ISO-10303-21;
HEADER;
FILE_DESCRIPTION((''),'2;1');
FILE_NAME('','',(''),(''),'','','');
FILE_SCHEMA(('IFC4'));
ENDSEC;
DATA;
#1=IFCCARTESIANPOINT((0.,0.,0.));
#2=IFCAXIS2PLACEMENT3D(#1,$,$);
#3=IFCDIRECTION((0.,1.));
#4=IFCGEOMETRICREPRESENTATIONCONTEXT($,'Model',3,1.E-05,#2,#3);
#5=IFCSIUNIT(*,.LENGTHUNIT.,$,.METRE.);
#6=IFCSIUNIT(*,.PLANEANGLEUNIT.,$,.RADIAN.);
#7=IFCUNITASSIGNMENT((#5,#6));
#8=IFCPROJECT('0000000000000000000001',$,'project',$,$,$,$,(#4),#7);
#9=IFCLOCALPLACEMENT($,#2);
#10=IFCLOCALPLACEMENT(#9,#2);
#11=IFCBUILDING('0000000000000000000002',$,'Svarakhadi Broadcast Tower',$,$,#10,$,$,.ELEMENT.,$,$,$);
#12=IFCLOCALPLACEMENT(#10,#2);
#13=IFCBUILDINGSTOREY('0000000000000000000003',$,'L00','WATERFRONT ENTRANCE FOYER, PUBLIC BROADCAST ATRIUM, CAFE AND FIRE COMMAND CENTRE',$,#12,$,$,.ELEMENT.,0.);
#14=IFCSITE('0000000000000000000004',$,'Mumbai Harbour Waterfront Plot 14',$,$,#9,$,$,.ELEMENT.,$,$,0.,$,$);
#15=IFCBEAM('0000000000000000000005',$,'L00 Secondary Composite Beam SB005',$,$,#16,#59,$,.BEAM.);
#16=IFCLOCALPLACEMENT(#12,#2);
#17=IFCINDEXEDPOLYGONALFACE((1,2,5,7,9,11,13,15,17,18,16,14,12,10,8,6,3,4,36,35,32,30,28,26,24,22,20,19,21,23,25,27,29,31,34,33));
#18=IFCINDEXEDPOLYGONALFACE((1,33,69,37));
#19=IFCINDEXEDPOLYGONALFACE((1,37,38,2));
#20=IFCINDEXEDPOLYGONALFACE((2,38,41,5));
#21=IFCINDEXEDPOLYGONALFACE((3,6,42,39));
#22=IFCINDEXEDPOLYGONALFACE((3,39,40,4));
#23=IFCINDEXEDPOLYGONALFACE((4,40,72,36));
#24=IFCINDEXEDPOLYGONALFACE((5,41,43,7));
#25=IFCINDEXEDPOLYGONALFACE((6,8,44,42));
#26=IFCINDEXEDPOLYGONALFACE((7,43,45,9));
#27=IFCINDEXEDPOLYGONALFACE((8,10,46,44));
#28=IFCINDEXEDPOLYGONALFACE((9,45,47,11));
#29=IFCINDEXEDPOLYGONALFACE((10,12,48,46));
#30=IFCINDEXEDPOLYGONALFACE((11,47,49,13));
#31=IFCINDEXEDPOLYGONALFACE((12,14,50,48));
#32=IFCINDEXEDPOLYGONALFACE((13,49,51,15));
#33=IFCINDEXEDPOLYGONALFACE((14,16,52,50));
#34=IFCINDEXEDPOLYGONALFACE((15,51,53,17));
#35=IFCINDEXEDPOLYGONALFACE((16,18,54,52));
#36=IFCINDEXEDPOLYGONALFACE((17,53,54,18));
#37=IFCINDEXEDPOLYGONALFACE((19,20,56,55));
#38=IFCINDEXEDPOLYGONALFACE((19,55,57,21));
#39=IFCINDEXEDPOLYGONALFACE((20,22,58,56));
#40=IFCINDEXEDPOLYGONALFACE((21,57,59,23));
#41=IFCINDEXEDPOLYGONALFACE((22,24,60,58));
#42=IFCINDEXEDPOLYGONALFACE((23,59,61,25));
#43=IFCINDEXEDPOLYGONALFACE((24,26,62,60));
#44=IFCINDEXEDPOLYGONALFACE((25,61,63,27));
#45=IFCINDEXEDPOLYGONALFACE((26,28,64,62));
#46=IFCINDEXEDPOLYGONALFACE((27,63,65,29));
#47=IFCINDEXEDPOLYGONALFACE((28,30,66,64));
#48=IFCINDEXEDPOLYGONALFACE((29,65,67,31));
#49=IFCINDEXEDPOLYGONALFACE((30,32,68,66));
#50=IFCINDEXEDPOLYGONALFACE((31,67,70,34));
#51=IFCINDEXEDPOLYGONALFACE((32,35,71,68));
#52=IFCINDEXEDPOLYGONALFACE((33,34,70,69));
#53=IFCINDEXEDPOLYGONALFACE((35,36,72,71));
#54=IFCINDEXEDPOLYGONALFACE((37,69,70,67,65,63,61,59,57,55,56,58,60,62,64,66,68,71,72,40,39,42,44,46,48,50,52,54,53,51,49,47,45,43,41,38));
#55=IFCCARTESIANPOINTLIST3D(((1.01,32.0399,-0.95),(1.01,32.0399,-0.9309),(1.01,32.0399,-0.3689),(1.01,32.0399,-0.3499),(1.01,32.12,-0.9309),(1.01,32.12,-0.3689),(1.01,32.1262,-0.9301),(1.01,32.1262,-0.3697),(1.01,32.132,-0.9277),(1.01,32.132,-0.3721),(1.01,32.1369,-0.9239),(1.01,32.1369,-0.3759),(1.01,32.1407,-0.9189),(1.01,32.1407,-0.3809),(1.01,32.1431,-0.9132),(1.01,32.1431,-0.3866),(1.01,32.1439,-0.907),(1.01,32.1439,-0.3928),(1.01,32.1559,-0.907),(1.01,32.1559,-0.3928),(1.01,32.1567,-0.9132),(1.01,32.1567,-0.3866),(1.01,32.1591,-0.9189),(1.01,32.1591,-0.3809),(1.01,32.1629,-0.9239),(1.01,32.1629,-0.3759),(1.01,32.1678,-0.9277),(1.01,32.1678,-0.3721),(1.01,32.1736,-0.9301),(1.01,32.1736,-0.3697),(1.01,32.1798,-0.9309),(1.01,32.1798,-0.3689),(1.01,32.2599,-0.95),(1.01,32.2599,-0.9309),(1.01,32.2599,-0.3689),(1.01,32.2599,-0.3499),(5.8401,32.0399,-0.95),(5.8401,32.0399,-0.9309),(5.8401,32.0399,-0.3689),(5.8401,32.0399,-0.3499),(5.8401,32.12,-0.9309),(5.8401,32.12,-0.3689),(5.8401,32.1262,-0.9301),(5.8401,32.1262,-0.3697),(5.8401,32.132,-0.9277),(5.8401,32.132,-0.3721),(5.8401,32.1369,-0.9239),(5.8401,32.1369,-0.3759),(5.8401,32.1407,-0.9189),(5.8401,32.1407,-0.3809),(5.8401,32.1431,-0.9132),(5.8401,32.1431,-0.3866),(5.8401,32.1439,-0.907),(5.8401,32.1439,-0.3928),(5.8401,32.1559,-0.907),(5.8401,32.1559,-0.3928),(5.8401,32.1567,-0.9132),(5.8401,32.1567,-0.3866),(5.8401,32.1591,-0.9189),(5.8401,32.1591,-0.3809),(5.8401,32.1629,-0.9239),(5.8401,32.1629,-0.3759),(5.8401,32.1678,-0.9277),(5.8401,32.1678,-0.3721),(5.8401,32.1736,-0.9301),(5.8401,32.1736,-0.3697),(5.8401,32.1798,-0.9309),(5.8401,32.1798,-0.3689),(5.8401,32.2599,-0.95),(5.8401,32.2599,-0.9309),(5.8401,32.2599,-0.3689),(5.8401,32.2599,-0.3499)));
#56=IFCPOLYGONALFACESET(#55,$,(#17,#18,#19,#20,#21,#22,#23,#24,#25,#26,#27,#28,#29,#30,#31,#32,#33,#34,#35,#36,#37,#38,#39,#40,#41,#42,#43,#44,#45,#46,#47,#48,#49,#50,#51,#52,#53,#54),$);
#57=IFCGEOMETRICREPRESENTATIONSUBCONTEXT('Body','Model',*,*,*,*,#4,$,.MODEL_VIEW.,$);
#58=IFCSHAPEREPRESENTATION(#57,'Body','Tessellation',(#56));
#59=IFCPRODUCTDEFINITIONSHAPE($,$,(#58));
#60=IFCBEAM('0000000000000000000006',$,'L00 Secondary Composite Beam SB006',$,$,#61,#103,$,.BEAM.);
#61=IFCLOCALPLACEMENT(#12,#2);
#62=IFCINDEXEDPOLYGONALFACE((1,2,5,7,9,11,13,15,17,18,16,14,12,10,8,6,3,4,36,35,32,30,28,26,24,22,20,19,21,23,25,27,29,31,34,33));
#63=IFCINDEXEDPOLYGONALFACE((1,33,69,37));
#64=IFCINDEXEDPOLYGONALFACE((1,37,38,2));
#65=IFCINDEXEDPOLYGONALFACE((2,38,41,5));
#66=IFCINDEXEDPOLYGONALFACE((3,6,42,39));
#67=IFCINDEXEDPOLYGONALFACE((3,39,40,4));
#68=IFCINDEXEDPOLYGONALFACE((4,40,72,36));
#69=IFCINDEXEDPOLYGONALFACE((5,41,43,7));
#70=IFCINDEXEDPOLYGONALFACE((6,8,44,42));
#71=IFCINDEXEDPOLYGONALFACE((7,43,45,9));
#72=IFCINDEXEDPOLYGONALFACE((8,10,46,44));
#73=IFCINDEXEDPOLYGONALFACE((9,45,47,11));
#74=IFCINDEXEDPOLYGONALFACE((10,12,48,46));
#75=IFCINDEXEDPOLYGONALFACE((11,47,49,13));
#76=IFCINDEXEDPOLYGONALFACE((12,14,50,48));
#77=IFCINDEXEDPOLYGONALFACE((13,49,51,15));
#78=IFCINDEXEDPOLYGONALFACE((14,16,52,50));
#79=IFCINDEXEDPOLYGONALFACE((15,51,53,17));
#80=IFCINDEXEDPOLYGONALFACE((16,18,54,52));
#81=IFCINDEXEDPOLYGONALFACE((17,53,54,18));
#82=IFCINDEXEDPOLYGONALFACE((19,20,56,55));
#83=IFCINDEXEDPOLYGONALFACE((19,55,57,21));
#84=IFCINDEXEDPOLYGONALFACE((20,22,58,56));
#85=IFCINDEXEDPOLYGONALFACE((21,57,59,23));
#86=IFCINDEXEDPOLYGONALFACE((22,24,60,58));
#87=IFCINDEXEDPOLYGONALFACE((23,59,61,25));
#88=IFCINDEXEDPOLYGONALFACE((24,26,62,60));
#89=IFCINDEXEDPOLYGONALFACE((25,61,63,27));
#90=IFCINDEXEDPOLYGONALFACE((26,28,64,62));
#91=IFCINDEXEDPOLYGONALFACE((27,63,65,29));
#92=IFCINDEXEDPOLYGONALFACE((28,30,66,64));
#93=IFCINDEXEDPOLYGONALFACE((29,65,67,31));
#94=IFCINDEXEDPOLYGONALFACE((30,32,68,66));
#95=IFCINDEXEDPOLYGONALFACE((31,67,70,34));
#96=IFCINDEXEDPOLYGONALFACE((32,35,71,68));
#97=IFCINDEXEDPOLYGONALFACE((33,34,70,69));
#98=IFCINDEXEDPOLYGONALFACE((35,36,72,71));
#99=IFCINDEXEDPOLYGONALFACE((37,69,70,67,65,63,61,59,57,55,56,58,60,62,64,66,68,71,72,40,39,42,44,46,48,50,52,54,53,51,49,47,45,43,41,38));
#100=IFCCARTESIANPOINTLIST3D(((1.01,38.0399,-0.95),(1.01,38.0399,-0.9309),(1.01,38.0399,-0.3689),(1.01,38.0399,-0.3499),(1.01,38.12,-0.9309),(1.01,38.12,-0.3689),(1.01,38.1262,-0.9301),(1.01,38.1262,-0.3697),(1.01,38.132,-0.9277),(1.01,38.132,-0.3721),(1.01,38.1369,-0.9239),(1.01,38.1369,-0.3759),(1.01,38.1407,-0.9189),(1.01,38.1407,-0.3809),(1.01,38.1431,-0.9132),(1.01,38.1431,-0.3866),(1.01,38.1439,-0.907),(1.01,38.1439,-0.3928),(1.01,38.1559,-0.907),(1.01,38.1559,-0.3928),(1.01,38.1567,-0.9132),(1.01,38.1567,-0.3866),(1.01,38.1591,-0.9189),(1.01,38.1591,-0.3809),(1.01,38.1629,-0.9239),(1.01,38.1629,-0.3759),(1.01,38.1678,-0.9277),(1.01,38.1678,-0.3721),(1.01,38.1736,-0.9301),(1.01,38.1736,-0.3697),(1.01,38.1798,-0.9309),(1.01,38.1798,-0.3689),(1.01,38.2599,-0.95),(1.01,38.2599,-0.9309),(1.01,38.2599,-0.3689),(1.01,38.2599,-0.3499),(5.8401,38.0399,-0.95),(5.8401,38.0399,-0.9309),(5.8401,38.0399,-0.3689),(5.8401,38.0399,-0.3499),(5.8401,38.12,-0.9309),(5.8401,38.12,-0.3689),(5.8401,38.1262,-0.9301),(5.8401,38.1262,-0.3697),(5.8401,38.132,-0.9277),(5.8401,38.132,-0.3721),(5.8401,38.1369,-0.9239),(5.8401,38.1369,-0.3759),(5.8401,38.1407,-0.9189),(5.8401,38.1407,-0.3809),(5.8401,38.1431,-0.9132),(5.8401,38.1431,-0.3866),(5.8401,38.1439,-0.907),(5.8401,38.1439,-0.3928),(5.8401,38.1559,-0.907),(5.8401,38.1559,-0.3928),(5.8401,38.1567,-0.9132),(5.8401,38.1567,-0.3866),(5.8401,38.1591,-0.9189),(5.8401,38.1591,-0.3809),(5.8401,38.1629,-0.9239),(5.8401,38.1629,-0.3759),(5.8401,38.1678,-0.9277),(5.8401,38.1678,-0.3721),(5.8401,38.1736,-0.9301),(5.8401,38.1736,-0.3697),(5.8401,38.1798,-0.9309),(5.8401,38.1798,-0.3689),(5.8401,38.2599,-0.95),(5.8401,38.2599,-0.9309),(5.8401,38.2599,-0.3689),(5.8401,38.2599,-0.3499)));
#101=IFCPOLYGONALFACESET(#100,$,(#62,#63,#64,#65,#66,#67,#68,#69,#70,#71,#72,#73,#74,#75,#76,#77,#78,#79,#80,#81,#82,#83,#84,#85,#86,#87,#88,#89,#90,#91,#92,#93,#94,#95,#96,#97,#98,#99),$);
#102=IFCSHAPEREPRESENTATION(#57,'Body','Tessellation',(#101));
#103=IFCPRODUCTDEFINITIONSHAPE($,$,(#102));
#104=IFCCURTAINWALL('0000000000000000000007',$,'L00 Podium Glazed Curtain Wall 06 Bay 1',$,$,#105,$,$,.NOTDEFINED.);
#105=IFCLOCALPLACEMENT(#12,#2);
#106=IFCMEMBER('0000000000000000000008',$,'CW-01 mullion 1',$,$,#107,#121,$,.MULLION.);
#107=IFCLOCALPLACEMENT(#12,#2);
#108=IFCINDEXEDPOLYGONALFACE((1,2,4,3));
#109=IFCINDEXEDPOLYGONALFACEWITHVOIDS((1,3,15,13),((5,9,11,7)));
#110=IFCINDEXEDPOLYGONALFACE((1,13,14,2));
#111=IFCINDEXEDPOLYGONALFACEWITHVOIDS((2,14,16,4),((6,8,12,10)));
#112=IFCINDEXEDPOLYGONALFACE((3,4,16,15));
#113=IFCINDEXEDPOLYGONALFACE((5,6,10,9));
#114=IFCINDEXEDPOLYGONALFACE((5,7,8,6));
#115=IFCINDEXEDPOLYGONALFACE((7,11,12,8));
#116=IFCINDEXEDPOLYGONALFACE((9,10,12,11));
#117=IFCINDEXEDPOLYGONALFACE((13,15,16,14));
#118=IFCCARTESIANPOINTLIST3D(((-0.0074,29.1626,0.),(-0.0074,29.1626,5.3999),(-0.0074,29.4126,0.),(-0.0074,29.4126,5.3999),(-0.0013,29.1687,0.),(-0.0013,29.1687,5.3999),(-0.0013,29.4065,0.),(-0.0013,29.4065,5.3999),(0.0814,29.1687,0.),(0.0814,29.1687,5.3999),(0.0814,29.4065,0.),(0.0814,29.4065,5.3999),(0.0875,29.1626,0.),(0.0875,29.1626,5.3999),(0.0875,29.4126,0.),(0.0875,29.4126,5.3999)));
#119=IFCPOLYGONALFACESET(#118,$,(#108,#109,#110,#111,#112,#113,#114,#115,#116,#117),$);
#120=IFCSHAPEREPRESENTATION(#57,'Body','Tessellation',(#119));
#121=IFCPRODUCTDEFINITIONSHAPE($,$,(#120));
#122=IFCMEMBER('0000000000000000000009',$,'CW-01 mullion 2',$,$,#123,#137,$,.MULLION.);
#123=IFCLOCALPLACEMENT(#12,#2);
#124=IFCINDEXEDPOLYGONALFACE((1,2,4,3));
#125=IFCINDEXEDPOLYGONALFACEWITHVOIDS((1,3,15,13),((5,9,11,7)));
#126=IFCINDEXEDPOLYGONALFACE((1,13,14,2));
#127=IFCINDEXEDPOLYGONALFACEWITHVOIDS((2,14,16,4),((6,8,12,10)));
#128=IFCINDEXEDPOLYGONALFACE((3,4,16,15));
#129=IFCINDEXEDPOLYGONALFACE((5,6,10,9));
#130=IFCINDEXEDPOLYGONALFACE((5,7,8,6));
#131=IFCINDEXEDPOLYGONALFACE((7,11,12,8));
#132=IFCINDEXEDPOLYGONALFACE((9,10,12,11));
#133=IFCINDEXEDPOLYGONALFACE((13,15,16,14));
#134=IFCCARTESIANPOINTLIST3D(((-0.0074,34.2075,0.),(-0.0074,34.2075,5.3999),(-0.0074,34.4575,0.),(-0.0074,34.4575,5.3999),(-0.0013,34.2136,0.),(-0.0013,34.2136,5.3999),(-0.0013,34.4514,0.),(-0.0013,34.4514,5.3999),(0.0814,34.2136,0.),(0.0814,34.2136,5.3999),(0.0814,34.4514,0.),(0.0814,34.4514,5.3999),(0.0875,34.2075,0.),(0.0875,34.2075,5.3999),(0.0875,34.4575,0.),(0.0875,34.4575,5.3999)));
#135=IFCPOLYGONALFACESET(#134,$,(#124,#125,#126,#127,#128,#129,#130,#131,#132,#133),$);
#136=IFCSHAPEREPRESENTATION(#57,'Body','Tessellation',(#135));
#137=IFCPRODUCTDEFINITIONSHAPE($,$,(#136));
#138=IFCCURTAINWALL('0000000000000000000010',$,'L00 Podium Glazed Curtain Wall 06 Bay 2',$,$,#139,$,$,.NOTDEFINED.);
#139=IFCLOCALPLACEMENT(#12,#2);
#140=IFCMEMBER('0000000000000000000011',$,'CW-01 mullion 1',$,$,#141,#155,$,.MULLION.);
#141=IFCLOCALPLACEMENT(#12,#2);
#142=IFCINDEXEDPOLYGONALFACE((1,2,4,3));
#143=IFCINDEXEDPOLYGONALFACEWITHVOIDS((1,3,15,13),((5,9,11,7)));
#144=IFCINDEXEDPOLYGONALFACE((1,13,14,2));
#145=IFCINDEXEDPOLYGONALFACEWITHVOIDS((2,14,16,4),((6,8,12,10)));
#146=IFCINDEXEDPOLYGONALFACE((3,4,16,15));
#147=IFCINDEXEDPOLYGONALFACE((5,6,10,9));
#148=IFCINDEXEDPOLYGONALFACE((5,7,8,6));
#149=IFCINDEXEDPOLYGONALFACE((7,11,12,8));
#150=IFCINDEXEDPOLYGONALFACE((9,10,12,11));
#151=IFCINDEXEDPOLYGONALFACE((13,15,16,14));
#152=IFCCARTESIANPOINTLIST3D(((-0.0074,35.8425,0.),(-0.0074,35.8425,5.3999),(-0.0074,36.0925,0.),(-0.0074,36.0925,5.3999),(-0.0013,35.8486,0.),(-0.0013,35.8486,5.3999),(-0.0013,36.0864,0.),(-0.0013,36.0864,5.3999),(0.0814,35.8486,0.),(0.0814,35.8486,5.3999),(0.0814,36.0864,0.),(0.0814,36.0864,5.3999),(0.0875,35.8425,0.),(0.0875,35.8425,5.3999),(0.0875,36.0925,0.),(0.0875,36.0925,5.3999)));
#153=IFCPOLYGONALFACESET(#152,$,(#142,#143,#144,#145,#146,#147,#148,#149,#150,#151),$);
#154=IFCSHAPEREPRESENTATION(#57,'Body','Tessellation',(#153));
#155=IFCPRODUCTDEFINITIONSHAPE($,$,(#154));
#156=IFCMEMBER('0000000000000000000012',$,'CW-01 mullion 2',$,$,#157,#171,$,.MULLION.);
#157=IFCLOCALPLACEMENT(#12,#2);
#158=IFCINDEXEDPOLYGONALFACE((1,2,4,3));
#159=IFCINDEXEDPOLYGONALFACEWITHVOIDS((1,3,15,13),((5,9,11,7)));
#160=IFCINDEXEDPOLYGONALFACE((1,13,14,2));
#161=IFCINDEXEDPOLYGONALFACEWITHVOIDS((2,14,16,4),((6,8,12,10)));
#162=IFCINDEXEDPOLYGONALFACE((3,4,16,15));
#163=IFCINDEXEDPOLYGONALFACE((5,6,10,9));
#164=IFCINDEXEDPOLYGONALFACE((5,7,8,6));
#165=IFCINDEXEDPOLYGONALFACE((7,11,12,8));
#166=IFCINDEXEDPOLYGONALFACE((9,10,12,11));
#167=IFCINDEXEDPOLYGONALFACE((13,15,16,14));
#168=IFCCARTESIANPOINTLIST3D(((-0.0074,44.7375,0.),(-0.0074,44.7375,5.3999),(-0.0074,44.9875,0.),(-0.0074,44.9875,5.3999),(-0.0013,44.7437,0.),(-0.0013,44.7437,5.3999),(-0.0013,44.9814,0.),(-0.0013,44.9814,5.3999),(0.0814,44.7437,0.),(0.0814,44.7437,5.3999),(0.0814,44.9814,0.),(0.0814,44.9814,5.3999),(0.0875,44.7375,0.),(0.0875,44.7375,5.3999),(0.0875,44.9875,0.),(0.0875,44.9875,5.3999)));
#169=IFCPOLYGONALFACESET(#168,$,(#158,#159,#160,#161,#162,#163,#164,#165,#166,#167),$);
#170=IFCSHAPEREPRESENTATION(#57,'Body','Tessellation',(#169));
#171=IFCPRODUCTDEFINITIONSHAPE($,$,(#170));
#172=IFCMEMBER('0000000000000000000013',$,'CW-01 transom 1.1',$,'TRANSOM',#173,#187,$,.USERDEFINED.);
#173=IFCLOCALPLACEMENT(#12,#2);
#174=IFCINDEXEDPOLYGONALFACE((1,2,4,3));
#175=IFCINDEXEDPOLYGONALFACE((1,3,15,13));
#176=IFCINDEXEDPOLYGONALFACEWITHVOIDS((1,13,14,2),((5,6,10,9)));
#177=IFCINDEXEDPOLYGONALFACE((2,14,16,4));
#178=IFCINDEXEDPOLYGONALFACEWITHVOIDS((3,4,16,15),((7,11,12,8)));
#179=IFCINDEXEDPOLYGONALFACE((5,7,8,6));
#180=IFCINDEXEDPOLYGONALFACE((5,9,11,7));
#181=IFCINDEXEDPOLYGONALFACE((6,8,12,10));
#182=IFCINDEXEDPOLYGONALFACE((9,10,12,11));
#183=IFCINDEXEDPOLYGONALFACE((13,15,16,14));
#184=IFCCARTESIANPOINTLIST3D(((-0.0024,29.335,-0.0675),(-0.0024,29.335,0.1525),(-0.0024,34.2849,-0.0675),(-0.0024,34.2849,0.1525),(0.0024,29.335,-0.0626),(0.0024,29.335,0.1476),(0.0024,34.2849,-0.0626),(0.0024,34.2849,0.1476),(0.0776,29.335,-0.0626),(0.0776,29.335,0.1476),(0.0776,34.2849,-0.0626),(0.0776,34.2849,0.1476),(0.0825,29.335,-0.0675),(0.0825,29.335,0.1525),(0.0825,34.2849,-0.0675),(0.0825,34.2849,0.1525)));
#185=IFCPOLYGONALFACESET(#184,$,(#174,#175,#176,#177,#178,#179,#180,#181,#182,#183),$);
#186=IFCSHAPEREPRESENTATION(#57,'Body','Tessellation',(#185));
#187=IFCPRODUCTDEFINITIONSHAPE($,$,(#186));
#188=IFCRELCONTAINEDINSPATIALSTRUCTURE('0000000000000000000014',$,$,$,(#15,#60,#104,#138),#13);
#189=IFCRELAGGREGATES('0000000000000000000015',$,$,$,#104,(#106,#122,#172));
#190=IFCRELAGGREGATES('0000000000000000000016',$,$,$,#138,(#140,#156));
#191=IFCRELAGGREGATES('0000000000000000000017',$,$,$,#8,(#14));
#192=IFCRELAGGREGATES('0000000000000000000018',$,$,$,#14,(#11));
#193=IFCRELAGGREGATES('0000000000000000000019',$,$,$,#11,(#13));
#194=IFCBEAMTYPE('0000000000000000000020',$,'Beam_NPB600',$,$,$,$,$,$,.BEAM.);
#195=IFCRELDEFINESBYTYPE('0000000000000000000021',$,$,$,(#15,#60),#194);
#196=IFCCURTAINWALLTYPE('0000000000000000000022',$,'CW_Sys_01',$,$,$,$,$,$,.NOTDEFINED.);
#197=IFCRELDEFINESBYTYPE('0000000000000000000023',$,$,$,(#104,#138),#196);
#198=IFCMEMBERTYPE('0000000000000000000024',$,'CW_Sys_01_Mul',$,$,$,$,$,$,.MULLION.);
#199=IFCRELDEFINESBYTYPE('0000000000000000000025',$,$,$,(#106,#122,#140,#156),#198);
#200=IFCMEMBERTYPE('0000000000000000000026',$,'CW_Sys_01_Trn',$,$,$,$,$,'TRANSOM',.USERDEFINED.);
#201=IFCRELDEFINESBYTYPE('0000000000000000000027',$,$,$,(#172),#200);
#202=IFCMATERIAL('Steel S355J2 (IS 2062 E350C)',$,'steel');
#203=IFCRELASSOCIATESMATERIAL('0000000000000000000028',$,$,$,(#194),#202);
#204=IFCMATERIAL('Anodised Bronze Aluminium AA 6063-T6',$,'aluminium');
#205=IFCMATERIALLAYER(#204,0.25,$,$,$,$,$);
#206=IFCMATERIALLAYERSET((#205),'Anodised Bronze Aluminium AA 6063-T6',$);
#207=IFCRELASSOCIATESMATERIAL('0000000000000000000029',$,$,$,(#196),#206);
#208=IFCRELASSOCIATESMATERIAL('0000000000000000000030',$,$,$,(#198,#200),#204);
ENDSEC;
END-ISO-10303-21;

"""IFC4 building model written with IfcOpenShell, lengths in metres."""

from ifc_helpers import new_model, si_unit, direction, frame, origin, origin_2d, place, context, subcontext, project, spatial, hollow_rectangle, i_section, extrude, material, layer, layer_set, material_profile, profile_set, type_object, element, aggregate, save


model = new_model("IFC4")

# Units and contexts
model_context = context("Model", 3, precision=1e-05, world=origin(), true_north=direction((0.0, 1.0)))
body_context = subcontext(model_context, "Body", "Model", "MODEL_VIEW")
ifc_project = project(units=[si_unit("LENGTHUNIT", "METRE"), si_unit("PLANEANGLEUNIT", "RADIAN")], contexts=[model_context])

# Site, building, storey
site_placement = place(None, origin())
site = spatial("IfcSite", under=ifc_project, at=site_placement, Name="Mumbai Harbour Waterfront Plot 14", CompositionType="ELEMENT", RefElevation=0.0)
building_placement = place(site_placement, origin())
building = spatial("IfcBuilding", under=site, at=building_placement, Name="Svarakhadi Broadcast Tower", CompositionType="ELEMENT")
storey_placement = place(building_placement, origin())
storey = spatial("IfcBuildingStorey", under=building, at=storey_placement, Name="L00", Description="WATERFRONT ENTRANCE FOYER, PUBLIC BROADCAST ATRIUM, CAFE AND FIRE COMMAND CENTRE", CompositionType="ELEMENT", Elevation=0.0)

# Beams
ifc_material_1 = material(Name="Steel S355J2 (IS 2062 E350C)", Category="steel")
ifc_material_profile_1 = material_profile(ifc_material_1, i_section(OverallWidth=0.22, OverallDepth=0.6001, WebThickness=0.012, FlangeThickness=0.019, FilletRadius=0.0239, at=origin_2d()), Name="NPB 600x220x122")
ifc_profile_set_1 = profile_set([ifc_material_profile_1], Name="Steel S355J2 (IS 2062 E350C)")
beam_type_1 = type_object("IfcBeamType", Name="Beam_NPB600", PredefinedType="BEAM", material=ifc_profile_set_1)
for number, where, z_axis, x_axis, name in (
    (1, (1.01, 32.1499, -0.6499), (1.0, 0.0, 0.0), (0.0, 1.0, 0.0), "L00 Secondary Composite Beam SB005"),
    (2, (1.01, 38.1499, -0.6499), (1.0, 0.0, 0.0), (0.0, 1.0, 0.0), "L00 Secondary Composite Beam SB006"),
):
    element("IfcBeam", number, at=place(storey_placement, frame(where, z_axis=z_axis, x_axis=x_axis)), inside=storey, type_object=beam_type_1, Name=name, PredefinedType="BEAM", context=body_context, shape_type="SweptSolid", body=[
        extrude(i_section(OverallWidth=0.22, OverallDepth=0.6001, WebThickness=0.012, FlangeThickness=0.019, FilletRadius=0.0239, at=origin_2d()), origin(), (0.0, 0.0, 1.0), 4.8301),
    ])

# Curtain walls, members
ifc_material_2 = material(Name="Anodised Bronze Aluminium AA 6063-T6", Category="aluminium")
ifc_layer_1 = layer(ifc_material_2, 0.25)
ifc_layer_set_1 = layer_set([ifc_layer_1], Name="Anodised Bronze Aluminium AA 6063-T6")
curtain_wall_type = type_object("IfcCurtainWallType", Name="CW_Sys_01", PredefinedType="NOTDEFINED", material=ifc_layer_set_1)
curtain_wall_1_placement = place(storey_placement, origin())
curtain_wall_1 = element("IfcCurtainWall", 3, at=curtain_wall_1_placement, inside=storey, type_object=curtain_wall_type, Name="L00 Podium Glazed Curtain Wall 06 Bay 1", PredefinedType="NOTDEFINED")
ifc_material_profile_2 = material_profile(ifc_material_2, hollow_rectangle(XDim=0.095, YDim=0.25, WallThickness=0.0061, at=origin_2d()), Name="ALU MULLION 250x95x6")
ifc_profile_set_2 = profile_set([ifc_material_profile_2], Name="Anodised Bronze Aluminium AA 6063-T6")
member_type_1 = type_object("IfcMemberType", Name="CW_Sys_01_Mul", PredefinedType="MULLION", material=ifc_profile_set_2)
member_1_placement = place(storey_placement, frame((0.04, 29.2876, 0.0), z_axis=(0.0, 0.0, 1.0), x_axis=(-1.0, 0.0, 0.0)))
member_1 = element("IfcMember", 4, at=member_1_placement, type_object=member_type_1, Name="CW-01 mullion 1", PredefinedType="MULLION", context=body_context, shape_type="SweptSolid", body=[
    extrude(hollow_rectangle(XDim=0.095, YDim=0.25, WallThickness=0.0061, at=origin_2d()), origin(), (0.0, 0.0, 1.0), 5.3999),
])
member_2_placement = place(storey_placement, frame((0.04, 34.3325, 0.0), z_axis=(0.0, 0.0, 1.0), x_axis=(-1.0, 0.0, 0.0)))
member_2 = element("IfcMember", 5, at=member_2_placement, type_object=member_type_1, Name="CW-01 mullion 2", PredefinedType="MULLION", context=body_context, shape_type="SweptSolid", body=[
    extrude(hollow_rectangle(XDim=0.095, YDim=0.25, WallThickness=0.0061, at=origin_2d()), origin(), (0.0, 0.0, 1.0), 5.3999),
])
curtain_wall_2_placement = place(storey_placement, origin())
curtain_wall_2 = element("IfcCurtainWall", 6, at=curtain_wall_2_placement, inside=storey, type_object=curtain_wall_type, Name="L00 Podium Glazed Curtain Wall 06 Bay 2", PredefinedType="NOTDEFINED")
member_3_placement = place(storey_placement, frame((0.04, 35.9675, 0.0), z_axis=(0.0, 0.0, 1.0), x_axis=(-1.0, 0.0, 0.0)))
member_3 = element("IfcMember", 7, at=member_3_placement, type_object=member_type_1, Name="CW-01 mullion 1", PredefinedType="MULLION", context=body_context, shape_type="SweptSolid", body=[
    extrude(hollow_rectangle(XDim=0.095, YDim=0.25, WallThickness=0.0061, at=origin_2d()), origin(), (0.0, 0.0, 1.0), 5.3999),
])
member_4_placement = place(storey_placement, frame((0.04, 44.8625, 0.0), z_axis=(0.0, 0.0, 1.0), x_axis=(-1.0, 0.0, 0.0)))
member_4 = element("IfcMember", 8, at=member_4_placement, type_object=member_type_1, Name="CW-01 mullion 2", PredefinedType="MULLION", context=body_context, shape_type="SweptSolid", body=[
    extrude(hollow_rectangle(XDim=0.095, YDim=0.25, WallThickness=0.0061, at=origin_2d()), origin(), (0.0, 0.0, 1.0), 5.3999),
])

# Member
ifc_material_profile_3 = material_profile(ifc_material_2, hollow_rectangle(XDim=0.085, YDim=0.22, WallThickness=0.0049, at=origin_2d()), Name="ALU TRANSOM 220x85x5")
ifc_profile_set_3 = profile_set([ifc_material_profile_3], Name="Anodised Bronze Aluminium AA 6063-T6")
member_type_2 = type_object("IfcMemberType", Name="CW_Sys_01_Trn", ElementType="TRANSOM", PredefinedType="USERDEFINED", material=ifc_profile_set_3)
member_5_placement = place(storey_placement, frame((0.04, 29.335, 0.0425), z_axis=(0.0, 1.0, 0.0), x_axis=(-1.0, 0.0, 0.0)))
member_5 = element("IfcMember", 9, at=member_5_placement, type_object=member_type_2, Name="CW-01 transom 1.1", ObjectType="TRANSOM", PredefinedType="USERDEFINED", context=body_context, shape_type="SweptSolid", body=[
    extrude(hollow_rectangle(XDim=0.085, YDim=0.22, WallThickness=0.0049, at=origin_2d()), origin(), (0.0, 0.0, 1.0), 4.95),
])

aggregate(curtain_wall_1, [member_1, member_2, member_5])
aggregate(curtain_wall_2, [member_3, member_4])

save(model, "model.ifc")
